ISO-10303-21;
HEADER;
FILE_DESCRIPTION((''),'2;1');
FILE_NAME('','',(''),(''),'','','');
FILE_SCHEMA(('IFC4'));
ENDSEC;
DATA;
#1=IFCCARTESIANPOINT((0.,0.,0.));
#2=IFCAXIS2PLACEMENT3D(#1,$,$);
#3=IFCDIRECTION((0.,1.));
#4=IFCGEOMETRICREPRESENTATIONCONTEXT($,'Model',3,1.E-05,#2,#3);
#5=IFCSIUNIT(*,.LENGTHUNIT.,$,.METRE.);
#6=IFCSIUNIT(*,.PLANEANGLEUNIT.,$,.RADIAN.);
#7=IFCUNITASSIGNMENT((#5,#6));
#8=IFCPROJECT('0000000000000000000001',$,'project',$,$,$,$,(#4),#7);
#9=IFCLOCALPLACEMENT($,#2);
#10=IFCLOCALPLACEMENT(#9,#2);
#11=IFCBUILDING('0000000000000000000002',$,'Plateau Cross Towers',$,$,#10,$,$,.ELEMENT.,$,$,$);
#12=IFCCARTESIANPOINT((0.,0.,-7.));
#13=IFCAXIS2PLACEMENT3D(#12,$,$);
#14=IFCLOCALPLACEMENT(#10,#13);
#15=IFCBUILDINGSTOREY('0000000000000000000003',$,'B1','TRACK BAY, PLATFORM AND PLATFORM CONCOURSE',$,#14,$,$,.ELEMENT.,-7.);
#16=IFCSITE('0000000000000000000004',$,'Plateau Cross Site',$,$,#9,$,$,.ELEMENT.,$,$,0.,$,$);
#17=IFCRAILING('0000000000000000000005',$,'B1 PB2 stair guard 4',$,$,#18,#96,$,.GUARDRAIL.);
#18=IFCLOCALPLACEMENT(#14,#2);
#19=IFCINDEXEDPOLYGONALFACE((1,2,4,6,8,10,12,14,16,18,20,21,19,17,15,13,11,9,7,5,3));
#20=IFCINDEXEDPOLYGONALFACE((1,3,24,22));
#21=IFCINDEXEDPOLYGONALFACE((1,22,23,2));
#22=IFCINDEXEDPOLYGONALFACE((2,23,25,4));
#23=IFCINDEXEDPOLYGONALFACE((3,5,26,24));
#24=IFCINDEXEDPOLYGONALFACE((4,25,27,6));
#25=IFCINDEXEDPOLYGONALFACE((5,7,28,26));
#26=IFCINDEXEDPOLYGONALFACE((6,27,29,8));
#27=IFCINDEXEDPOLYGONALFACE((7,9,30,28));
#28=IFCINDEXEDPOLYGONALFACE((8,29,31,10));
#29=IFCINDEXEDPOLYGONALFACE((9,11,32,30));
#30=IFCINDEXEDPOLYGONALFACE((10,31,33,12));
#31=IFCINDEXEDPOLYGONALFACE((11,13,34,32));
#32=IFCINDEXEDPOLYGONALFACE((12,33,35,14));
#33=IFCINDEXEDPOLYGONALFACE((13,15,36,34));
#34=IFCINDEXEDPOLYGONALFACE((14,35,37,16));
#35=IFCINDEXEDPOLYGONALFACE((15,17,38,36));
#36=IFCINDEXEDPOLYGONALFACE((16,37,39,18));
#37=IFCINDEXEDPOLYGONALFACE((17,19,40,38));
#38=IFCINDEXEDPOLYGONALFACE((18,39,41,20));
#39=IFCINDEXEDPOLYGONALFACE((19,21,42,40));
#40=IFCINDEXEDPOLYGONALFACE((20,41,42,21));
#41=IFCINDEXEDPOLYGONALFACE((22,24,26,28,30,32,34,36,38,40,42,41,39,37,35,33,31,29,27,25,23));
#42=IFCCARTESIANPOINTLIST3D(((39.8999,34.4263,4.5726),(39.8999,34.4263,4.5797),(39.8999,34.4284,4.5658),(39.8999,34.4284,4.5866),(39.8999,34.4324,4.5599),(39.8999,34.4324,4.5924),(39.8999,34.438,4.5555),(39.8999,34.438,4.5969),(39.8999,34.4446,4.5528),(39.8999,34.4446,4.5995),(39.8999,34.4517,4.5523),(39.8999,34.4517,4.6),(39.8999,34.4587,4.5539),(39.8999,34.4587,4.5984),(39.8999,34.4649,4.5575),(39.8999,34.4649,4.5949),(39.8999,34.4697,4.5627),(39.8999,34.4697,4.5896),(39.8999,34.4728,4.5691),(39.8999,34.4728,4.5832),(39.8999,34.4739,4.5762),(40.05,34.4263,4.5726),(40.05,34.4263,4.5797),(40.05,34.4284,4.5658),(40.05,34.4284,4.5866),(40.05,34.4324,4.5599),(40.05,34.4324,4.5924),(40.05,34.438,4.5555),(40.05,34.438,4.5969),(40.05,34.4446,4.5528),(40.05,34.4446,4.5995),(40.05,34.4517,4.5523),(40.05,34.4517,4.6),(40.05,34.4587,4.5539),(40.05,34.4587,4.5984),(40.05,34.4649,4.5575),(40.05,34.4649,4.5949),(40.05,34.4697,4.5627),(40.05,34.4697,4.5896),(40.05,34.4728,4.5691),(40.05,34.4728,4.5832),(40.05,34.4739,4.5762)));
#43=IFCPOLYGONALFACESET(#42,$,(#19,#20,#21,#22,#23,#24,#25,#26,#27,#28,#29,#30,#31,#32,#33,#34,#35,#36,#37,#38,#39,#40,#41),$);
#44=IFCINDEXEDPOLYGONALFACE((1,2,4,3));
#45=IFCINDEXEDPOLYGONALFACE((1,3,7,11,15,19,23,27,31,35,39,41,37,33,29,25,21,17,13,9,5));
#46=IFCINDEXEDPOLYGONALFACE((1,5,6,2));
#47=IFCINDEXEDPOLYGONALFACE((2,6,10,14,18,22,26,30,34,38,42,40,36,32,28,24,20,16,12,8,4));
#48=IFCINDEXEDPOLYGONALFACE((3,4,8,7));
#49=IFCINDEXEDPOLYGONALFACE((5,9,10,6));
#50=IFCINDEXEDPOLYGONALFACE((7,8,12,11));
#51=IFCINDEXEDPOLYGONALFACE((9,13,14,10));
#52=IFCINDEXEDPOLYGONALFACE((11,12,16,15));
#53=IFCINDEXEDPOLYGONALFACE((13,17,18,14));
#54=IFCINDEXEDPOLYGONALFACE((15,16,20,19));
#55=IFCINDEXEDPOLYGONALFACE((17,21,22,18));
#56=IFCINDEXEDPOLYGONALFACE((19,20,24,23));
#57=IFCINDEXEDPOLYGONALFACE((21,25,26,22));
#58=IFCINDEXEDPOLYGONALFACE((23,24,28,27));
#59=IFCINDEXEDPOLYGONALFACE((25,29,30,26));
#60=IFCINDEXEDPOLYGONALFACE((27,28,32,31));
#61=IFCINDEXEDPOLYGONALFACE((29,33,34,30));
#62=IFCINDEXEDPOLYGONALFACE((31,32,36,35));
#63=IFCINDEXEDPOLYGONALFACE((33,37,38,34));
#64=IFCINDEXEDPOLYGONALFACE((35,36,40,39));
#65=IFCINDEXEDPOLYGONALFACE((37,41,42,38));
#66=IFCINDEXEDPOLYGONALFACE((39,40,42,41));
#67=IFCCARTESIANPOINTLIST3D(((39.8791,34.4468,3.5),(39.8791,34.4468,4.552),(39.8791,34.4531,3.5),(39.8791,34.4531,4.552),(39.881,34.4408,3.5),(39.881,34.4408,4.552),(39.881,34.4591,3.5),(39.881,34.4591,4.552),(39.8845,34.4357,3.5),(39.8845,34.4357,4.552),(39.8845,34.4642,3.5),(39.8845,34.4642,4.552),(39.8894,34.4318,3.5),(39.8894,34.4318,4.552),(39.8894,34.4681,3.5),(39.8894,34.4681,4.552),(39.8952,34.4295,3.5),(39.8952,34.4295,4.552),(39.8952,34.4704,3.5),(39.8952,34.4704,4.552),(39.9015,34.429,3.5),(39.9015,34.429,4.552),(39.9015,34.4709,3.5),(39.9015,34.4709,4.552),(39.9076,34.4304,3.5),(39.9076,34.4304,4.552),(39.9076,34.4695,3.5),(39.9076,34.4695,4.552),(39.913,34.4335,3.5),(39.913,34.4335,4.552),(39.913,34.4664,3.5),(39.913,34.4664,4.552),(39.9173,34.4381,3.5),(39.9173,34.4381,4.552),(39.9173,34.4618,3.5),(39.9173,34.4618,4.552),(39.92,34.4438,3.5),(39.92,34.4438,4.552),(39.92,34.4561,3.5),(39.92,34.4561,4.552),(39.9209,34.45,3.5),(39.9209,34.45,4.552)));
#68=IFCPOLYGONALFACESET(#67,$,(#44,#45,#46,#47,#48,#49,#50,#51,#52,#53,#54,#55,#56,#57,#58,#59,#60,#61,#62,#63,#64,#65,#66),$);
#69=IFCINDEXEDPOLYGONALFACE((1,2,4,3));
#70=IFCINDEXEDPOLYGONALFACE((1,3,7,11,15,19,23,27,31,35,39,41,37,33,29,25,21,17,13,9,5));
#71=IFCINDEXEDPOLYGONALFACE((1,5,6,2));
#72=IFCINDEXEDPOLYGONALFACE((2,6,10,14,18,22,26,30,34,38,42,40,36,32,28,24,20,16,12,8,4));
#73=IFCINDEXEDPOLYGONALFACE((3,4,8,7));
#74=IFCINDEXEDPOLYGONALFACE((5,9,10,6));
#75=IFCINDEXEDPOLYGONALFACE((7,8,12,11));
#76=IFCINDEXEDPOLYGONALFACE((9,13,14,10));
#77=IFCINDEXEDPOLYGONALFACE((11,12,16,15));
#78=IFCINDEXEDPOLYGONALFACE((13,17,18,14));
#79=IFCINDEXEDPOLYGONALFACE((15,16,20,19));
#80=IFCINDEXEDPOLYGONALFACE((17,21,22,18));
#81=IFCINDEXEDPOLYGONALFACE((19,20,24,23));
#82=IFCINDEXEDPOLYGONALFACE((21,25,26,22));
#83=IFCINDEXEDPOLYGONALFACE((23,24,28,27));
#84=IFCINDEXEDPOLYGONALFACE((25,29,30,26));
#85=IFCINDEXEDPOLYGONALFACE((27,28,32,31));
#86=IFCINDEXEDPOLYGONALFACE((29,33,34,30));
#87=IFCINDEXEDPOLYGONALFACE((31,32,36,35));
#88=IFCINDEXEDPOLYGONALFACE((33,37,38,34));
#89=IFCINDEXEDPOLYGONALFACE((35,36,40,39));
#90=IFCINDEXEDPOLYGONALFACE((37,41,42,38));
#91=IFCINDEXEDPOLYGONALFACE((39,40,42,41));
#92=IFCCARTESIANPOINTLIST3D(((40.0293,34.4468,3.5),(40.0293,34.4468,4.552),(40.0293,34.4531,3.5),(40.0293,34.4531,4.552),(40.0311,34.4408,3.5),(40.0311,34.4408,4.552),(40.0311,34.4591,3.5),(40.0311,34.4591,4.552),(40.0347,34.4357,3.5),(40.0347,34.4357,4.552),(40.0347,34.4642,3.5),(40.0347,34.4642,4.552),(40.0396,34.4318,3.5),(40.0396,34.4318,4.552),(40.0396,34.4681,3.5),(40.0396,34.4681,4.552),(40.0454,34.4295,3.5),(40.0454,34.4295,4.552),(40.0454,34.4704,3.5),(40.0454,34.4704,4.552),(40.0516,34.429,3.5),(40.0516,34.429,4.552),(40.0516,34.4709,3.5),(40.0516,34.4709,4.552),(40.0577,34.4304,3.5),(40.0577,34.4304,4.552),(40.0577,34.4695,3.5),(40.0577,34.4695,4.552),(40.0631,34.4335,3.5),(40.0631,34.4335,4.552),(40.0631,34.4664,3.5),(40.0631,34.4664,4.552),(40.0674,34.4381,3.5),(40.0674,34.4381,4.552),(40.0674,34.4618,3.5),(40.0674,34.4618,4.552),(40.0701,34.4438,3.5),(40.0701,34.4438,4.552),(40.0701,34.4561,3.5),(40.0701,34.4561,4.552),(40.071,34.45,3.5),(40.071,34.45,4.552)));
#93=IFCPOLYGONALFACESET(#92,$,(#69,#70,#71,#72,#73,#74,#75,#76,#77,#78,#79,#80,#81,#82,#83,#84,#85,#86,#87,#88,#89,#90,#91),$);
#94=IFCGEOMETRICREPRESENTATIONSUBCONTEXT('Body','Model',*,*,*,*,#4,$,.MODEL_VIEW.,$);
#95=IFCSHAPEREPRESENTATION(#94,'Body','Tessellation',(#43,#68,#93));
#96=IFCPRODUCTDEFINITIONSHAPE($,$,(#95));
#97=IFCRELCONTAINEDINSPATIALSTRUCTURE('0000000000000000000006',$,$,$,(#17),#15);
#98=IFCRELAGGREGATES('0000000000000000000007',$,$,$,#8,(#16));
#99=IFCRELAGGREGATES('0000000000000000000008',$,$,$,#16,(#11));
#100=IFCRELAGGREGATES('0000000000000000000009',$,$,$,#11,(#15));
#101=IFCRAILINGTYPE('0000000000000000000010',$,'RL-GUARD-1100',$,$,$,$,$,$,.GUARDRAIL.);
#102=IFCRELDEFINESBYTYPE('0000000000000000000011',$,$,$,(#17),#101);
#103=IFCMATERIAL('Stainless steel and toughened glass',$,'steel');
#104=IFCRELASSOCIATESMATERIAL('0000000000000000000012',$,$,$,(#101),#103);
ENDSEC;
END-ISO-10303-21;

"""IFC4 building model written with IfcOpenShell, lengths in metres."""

from ifc_helpers import new_model, si_unit, direction, frame, origin, origin_2d, place, context, subcontext, project, spatial, circle, extrude, material, type_object, element, save


model = new_model("IFC4")

# Units and contexts
model_context = context("Model", 3, precision=1e-05, world=origin(), true_north=direction((0.0, 1.0)))
body_context = subcontext(model_context, "Body", "Model", "MODEL_VIEW")
ifc_project = project(units=[si_unit("LENGTHUNIT", "METRE"), si_unit("PLANEANGLEUNIT", "RADIAN")], contexts=[model_context])

# Site, building, storey
site_placement = place(None, origin())
site = spatial("IfcSite", under=ifc_project, at=site_placement, Name="Plateau Cross Site", CompositionType="ELEMENT", RefElevation=0.0)
building_placement = place(site_placement, origin())
building = spatial("IfcBuilding", under=site, at=building_placement, Name="Plateau Cross Towers", CompositionType="ELEMENT")
storey_placement = place(building_placement, frame((0.0, 0.0, -7.0)))
storey = spatial("IfcBuildingStorey", under=building, at=storey_placement, Name="B1", Description="TRACK BAY, PLATFORM AND PLATFORM CONCOURSE", CompositionType="ELEMENT", Elevation=-7.0)

# Railing
ifc_material_1 = material(Name="Stainless steel and toughened glass", Category="steel")
railing_type_1 = type_object("IfcRailingType", Name="RL-GUARD-1100", PredefinedType="GUARDRAIL", material=ifc_material_1)
railing_1_placement = place(storey_placement, frame((39.8999, 34.45, 3.5)))
element("IfcRailing", 1, at=railing_1_placement, inside=storey, type_object=railing_type_1, Name="B1 PB2 stair guard 4", PredefinedType="GUARDRAIL", context=body_context, shape_type="SweptSolid", body=[
    extrude(circle(Radius=0.0239, at=origin_2d()), frame((0.0, 0.0, 1.0762), z_axis=(1.0, 0.0, 0.0), x_axis=(0.0, 1.0, 0.0)), (0.0, 0.0, 1.0), 0.1501),
    extrude(circle(Radius=0.021, at=origin_2d()), origin(), (0.0, 0.0, 1.0), 1.052),
    extrude(circle(Radius=0.021, at=origin_2d()), frame((0.1501, 0.0, 0.0)), (0.0, 0.0, 1.0), 1.052),
])

save(model, "model.ifc")
